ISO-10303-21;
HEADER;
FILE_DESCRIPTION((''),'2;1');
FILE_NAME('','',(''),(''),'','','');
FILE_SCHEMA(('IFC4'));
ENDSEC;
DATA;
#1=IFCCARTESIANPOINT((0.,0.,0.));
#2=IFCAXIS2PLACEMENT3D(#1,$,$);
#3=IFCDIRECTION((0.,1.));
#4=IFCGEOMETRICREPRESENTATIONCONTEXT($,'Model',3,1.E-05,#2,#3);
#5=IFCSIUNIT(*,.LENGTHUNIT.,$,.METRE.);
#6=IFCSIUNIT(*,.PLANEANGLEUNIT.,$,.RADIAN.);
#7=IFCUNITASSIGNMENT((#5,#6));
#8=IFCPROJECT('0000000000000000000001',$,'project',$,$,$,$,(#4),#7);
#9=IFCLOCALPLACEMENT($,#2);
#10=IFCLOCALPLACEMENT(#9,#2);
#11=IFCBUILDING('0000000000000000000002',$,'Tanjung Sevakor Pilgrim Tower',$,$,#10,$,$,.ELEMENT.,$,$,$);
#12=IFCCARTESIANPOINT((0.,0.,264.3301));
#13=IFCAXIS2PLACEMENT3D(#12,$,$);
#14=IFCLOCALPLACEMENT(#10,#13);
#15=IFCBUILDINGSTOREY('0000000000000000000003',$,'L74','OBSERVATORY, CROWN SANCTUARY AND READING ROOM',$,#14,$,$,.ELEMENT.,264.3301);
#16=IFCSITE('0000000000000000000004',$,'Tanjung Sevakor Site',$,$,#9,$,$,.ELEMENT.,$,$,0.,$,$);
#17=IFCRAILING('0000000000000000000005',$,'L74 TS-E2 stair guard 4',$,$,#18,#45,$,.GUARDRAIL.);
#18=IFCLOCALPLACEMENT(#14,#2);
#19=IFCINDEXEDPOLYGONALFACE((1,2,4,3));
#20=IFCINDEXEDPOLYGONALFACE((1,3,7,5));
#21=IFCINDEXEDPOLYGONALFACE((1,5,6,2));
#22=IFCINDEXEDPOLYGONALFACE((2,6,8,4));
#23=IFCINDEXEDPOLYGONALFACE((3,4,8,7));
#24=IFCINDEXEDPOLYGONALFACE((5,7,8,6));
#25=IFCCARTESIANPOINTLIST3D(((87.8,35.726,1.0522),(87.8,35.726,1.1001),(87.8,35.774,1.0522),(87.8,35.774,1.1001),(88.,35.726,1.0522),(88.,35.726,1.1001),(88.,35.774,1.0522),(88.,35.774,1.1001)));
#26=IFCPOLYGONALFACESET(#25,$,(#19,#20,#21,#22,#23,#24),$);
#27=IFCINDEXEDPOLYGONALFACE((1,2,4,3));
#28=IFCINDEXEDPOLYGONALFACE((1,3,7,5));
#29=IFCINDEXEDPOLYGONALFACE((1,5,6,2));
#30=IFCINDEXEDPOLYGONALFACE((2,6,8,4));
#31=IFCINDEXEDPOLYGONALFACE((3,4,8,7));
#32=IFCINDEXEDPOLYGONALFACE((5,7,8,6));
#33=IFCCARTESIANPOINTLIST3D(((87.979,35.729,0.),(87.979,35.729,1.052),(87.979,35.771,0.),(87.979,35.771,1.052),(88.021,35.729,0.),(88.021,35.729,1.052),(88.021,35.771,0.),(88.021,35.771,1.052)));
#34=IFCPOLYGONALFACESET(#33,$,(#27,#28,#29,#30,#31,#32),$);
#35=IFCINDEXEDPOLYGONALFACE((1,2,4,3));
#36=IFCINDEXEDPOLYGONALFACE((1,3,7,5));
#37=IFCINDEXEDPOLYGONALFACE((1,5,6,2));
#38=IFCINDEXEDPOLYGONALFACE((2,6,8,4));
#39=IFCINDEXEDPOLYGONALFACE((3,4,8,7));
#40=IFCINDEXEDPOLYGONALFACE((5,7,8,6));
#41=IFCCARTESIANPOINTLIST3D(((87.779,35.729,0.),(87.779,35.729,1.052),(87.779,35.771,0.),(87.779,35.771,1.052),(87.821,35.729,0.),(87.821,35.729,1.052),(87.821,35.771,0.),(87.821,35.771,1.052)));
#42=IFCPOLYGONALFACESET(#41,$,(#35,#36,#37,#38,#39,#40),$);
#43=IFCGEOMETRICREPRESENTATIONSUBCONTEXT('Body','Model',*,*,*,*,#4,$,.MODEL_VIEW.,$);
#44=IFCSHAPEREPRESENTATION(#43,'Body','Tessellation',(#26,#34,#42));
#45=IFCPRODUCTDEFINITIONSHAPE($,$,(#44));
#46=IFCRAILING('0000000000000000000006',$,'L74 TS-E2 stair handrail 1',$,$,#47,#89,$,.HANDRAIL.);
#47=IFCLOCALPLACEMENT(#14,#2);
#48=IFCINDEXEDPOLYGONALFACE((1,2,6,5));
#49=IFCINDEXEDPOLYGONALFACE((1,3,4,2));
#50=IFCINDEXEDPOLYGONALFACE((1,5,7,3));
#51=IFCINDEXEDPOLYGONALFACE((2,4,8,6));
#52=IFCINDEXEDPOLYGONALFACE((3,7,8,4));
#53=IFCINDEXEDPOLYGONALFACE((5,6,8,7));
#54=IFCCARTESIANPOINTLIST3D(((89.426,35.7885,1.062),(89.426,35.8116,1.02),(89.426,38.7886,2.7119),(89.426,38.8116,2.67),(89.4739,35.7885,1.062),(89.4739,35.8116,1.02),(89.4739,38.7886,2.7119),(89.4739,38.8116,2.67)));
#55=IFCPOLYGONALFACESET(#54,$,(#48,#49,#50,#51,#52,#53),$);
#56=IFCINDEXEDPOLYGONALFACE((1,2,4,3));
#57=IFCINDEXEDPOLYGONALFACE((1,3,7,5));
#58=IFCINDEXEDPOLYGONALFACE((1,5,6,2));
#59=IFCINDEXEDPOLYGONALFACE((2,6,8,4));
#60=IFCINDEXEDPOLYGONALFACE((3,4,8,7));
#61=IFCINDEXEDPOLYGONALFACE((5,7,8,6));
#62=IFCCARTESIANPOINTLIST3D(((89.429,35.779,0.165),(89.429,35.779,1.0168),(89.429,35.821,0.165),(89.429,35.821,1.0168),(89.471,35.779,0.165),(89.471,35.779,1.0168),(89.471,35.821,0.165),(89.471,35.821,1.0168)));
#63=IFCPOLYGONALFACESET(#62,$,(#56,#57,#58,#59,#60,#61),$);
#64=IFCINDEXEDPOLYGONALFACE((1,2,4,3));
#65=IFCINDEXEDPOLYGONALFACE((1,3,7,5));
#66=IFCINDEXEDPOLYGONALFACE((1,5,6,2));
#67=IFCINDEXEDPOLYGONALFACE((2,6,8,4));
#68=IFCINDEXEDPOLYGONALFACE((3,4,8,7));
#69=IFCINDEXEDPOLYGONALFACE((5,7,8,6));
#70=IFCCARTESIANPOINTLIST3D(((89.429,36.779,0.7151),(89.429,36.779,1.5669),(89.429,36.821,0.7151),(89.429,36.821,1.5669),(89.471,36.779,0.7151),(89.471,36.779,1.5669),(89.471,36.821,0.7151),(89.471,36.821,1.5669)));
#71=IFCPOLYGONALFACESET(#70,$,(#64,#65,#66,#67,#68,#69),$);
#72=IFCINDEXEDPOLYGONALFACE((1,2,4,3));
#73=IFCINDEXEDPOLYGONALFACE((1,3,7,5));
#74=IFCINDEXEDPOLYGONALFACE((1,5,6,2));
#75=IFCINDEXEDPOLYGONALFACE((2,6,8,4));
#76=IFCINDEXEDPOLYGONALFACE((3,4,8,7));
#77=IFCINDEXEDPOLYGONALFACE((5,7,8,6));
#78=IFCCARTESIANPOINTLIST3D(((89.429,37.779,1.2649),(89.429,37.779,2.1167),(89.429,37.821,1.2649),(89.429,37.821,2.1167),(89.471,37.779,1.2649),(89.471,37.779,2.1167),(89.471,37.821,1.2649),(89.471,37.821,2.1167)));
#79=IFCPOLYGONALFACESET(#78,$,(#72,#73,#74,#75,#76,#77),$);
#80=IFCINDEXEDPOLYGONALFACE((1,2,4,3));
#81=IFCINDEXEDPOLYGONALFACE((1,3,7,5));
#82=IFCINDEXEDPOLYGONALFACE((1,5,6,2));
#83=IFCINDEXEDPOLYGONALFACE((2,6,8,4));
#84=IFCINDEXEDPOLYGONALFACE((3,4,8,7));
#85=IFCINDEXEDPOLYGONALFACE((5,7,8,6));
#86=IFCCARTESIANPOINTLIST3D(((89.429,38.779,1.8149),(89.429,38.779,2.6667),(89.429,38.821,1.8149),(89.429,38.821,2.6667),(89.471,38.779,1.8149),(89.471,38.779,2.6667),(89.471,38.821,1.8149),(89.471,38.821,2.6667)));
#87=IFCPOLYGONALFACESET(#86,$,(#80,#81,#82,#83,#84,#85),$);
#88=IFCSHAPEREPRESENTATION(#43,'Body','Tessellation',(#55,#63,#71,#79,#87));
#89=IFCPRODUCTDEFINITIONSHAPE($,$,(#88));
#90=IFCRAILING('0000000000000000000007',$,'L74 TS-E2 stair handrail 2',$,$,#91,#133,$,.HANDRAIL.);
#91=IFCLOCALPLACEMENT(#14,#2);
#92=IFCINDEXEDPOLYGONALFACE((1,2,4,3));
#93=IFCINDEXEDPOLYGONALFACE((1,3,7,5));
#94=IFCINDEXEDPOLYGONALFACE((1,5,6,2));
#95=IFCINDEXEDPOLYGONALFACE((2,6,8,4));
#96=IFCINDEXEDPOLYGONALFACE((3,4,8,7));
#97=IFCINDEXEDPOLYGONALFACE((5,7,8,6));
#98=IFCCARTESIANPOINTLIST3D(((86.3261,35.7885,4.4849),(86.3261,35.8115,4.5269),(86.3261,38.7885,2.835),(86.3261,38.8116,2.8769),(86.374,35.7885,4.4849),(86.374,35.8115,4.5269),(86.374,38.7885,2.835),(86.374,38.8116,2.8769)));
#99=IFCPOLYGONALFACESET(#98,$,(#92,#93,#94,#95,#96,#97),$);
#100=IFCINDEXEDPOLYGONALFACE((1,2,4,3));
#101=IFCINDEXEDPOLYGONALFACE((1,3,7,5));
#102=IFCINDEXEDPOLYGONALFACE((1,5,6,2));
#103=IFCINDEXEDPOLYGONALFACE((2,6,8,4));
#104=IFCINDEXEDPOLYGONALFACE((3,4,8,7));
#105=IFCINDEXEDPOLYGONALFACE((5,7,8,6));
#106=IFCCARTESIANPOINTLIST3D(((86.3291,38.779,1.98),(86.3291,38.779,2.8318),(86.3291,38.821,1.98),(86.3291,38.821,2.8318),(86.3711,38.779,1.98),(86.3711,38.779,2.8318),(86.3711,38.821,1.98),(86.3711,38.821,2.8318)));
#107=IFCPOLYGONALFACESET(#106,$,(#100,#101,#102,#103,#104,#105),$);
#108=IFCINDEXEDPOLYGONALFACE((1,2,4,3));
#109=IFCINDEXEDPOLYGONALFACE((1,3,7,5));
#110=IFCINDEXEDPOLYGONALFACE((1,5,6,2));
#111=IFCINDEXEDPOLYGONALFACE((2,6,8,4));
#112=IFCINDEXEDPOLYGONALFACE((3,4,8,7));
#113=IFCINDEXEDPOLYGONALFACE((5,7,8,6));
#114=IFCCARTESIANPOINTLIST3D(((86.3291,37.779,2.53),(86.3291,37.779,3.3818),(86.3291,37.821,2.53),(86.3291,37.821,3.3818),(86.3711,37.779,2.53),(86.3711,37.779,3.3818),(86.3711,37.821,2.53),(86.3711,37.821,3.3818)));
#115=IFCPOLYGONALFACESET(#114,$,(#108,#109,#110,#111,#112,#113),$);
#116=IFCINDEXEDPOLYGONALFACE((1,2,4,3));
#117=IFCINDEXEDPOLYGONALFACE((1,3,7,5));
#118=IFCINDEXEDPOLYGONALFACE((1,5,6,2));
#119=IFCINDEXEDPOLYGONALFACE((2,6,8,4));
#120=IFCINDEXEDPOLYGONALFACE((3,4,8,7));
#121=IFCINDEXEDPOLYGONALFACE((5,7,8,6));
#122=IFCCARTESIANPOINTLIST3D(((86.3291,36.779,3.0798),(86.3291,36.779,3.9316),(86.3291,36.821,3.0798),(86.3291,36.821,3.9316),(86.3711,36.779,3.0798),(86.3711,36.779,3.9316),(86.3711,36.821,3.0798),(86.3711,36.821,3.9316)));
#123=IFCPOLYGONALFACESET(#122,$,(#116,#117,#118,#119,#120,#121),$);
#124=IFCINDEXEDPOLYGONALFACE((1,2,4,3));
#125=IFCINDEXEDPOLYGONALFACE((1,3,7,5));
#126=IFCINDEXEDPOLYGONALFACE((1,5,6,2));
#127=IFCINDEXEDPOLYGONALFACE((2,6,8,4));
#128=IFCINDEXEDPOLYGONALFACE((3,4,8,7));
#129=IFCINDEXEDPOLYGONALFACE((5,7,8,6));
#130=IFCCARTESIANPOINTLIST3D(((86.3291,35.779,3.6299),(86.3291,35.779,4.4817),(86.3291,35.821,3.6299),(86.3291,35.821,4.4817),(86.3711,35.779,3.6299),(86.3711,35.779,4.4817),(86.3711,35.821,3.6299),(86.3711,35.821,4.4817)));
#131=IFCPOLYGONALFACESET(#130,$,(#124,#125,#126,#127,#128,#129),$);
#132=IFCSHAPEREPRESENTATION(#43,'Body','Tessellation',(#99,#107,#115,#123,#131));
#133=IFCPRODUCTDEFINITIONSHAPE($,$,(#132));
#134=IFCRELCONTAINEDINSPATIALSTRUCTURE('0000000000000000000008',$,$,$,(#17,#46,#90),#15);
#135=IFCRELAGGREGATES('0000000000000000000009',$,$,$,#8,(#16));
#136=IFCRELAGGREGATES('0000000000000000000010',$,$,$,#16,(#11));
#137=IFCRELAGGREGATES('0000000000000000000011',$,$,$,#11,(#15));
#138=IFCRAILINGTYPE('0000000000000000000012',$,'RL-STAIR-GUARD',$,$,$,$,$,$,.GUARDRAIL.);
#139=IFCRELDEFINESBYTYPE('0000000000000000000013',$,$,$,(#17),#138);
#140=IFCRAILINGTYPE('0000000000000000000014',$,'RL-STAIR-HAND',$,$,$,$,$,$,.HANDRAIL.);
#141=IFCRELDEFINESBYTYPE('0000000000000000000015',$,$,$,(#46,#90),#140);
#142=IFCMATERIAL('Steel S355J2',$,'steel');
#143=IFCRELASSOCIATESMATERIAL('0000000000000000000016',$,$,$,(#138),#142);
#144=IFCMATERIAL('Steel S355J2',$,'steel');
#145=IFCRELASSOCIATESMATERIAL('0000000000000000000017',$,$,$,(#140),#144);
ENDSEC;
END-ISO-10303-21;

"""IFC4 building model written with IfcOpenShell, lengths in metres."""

from ifc_helpers import new_model, si_unit, direction, frame, origin, place, context, subcontext, project, spatial, rectangle, extrude, material, type_object, element, save


model = new_model("IFC4")

# Units and contexts
model_context = context("Model", 3, precision=1e-05, world=origin(), true_north=direction((0.0, 1.0)))
body_context = subcontext(model_context, "Body", "Model", "MODEL_VIEW")
ifc_project = project(units=[si_unit("LENGTHUNIT", "METRE"), si_unit("PLANEANGLEUNIT", "RADIAN")], contexts=[model_context])

# Site, building, storey
site_placement = place(None, origin())
site = spatial("IfcSite", under=ifc_project, at=site_placement, Name="Tanjung Sevakor Site", CompositionType="ELEMENT", RefElevation=0.0)
building_placement = place(site_placement, origin())
building = spatial("IfcBuilding", under=site, at=building_placement, Name="Tanjung Sevakor Pilgrim Tower", CompositionType="ELEMENT")
storey_placement = place(building_placement, frame((0.0, 0.0, 264.3301)))
storey = spatial("IfcBuildingStorey", under=building, at=storey_placement, Name="L74", Description="OBSERVATORY, CROWN SANCTUARY AND READING ROOM", CompositionType="ELEMENT", Elevation=264.3301)

# Railings
ifc_material_1 = material(Name="Steel S355J2", Category="steel")
railing_type_1 = type_object("IfcRailingType", Name="RL-STAIR-GUARD", PredefinedType="GUARDRAIL", material=ifc_material_1)
railing_1_placement = place(storey_placement, frame((88.0, 35.75, 0.0)))
element("IfcRailing", 1, at=railing_1_placement, inside=storey, type_object=railing_type_1, Name="L74 TS-E2 stair guard 4", PredefinedType="GUARDRAIL", context=body_context, shape_type="SweptSolid", body=[
    extrude(rectangle(XDim=0.0479, YDim=0.0479), frame((0.0, 0.0, 1.0762), z_axis=(-1.0, 0.0, 0.0), x_axis=(0.0, -1.0, 0.0)), (0.0, 0.0, 1.0), 0.2),
    extrude(rectangle(XDim=0.042, YDim=0.042), origin(), (0.0, 0.0, 1.0), 1.052),
    extrude(rectangle(XDim=0.042, YDim=0.042), frame((-0.2, 0.0, 0.0)), (0.0, 0.0, 1.0), 1.052),
])
ifc_material_2 = material(Name="Steel S355J2", Category="steel")
railing_type_2 = type_object("IfcRailingType", Name="RL-STAIR-HAND", PredefinedType="HANDRAIL", material=ifc_material_2)
railing_2_placement = place(storey_placement, frame((89.45, 35.8, 0.165)))
element("IfcRailing", 2, at=railing_2_placement, inside=storey, type_object=railing_type_2, Name="L74 TS-E2 stair handrail 1", PredefinedType="HANDRAIL", context=body_context, shape_type="SweptSolid", body=[
    extrude(rectangle(XDim=0.0479, YDim=0.0479), frame((0.0, 0.0, 0.876), z_axis=(0.0, 0.876228, 0.481897), x_axis=(-1.0, 0.0, 0.0)), (0.0, 0.0, 1.0), 3.4238),
    extrude(rectangle(XDim=0.042, YDim=0.042), origin(), (0.0, 0.0, 1.0), 0.8518),
    extrude(rectangle(XDim=0.042, YDim=0.042), frame((0.0, 1.0, 0.55)), (0.0, 0.0, 1.0), 0.8518),
    extrude(rectangle(XDim=0.042, YDim=0.042), frame((0.0, 2.0, 1.0999)), (0.0, 0.0, 1.0), 0.8518),
    extrude(rectangle(XDim=0.042, YDim=0.042), frame((0.0, 3.0, 1.6499)), (0.0, 0.0, 1.0), 0.8518),
])
railing_3_placement = place(storey_placement, frame((86.3501, 38.8, 1.98)))
element("IfcRailing", 3, at=railing_3_placement, inside=storey, type_object=railing_type_2, Name="L74 TS-E2 stair handrail 2", PredefinedType="HANDRAIL", context=body_context, shape_type="SweptSolid", body=[
    extrude(rectangle(XDim=0.0479, YDim=0.0479), frame((0.0, 0.0, 0.876), z_axis=(0.0, -0.876228, 0.481897), x_axis=(1.0, 0.0, 0.0)), (0.0, 0.0, 1.0), 3.4238),
    extrude(rectangle(XDim=0.042, YDim=0.042), origin(), (0.0, 0.0, 1.0), 0.8518),
    extrude(rectangle(XDim=0.042, YDim=0.042), frame((0.0, -1.0, 0.55)), (0.0, 0.0, 1.0), 0.8518),
    extrude(rectangle(XDim=0.042, YDim=0.042), frame((0.0, -2.0, 1.0999)), (0.0, 0.0, 1.0), 0.8518),
    extrude(rectangle(XDim=0.042, YDim=0.042), frame((0.0, -3.0, 1.6499)), (0.0, 0.0, 1.0), 0.8518),
])

save(model, "model.ifc")
